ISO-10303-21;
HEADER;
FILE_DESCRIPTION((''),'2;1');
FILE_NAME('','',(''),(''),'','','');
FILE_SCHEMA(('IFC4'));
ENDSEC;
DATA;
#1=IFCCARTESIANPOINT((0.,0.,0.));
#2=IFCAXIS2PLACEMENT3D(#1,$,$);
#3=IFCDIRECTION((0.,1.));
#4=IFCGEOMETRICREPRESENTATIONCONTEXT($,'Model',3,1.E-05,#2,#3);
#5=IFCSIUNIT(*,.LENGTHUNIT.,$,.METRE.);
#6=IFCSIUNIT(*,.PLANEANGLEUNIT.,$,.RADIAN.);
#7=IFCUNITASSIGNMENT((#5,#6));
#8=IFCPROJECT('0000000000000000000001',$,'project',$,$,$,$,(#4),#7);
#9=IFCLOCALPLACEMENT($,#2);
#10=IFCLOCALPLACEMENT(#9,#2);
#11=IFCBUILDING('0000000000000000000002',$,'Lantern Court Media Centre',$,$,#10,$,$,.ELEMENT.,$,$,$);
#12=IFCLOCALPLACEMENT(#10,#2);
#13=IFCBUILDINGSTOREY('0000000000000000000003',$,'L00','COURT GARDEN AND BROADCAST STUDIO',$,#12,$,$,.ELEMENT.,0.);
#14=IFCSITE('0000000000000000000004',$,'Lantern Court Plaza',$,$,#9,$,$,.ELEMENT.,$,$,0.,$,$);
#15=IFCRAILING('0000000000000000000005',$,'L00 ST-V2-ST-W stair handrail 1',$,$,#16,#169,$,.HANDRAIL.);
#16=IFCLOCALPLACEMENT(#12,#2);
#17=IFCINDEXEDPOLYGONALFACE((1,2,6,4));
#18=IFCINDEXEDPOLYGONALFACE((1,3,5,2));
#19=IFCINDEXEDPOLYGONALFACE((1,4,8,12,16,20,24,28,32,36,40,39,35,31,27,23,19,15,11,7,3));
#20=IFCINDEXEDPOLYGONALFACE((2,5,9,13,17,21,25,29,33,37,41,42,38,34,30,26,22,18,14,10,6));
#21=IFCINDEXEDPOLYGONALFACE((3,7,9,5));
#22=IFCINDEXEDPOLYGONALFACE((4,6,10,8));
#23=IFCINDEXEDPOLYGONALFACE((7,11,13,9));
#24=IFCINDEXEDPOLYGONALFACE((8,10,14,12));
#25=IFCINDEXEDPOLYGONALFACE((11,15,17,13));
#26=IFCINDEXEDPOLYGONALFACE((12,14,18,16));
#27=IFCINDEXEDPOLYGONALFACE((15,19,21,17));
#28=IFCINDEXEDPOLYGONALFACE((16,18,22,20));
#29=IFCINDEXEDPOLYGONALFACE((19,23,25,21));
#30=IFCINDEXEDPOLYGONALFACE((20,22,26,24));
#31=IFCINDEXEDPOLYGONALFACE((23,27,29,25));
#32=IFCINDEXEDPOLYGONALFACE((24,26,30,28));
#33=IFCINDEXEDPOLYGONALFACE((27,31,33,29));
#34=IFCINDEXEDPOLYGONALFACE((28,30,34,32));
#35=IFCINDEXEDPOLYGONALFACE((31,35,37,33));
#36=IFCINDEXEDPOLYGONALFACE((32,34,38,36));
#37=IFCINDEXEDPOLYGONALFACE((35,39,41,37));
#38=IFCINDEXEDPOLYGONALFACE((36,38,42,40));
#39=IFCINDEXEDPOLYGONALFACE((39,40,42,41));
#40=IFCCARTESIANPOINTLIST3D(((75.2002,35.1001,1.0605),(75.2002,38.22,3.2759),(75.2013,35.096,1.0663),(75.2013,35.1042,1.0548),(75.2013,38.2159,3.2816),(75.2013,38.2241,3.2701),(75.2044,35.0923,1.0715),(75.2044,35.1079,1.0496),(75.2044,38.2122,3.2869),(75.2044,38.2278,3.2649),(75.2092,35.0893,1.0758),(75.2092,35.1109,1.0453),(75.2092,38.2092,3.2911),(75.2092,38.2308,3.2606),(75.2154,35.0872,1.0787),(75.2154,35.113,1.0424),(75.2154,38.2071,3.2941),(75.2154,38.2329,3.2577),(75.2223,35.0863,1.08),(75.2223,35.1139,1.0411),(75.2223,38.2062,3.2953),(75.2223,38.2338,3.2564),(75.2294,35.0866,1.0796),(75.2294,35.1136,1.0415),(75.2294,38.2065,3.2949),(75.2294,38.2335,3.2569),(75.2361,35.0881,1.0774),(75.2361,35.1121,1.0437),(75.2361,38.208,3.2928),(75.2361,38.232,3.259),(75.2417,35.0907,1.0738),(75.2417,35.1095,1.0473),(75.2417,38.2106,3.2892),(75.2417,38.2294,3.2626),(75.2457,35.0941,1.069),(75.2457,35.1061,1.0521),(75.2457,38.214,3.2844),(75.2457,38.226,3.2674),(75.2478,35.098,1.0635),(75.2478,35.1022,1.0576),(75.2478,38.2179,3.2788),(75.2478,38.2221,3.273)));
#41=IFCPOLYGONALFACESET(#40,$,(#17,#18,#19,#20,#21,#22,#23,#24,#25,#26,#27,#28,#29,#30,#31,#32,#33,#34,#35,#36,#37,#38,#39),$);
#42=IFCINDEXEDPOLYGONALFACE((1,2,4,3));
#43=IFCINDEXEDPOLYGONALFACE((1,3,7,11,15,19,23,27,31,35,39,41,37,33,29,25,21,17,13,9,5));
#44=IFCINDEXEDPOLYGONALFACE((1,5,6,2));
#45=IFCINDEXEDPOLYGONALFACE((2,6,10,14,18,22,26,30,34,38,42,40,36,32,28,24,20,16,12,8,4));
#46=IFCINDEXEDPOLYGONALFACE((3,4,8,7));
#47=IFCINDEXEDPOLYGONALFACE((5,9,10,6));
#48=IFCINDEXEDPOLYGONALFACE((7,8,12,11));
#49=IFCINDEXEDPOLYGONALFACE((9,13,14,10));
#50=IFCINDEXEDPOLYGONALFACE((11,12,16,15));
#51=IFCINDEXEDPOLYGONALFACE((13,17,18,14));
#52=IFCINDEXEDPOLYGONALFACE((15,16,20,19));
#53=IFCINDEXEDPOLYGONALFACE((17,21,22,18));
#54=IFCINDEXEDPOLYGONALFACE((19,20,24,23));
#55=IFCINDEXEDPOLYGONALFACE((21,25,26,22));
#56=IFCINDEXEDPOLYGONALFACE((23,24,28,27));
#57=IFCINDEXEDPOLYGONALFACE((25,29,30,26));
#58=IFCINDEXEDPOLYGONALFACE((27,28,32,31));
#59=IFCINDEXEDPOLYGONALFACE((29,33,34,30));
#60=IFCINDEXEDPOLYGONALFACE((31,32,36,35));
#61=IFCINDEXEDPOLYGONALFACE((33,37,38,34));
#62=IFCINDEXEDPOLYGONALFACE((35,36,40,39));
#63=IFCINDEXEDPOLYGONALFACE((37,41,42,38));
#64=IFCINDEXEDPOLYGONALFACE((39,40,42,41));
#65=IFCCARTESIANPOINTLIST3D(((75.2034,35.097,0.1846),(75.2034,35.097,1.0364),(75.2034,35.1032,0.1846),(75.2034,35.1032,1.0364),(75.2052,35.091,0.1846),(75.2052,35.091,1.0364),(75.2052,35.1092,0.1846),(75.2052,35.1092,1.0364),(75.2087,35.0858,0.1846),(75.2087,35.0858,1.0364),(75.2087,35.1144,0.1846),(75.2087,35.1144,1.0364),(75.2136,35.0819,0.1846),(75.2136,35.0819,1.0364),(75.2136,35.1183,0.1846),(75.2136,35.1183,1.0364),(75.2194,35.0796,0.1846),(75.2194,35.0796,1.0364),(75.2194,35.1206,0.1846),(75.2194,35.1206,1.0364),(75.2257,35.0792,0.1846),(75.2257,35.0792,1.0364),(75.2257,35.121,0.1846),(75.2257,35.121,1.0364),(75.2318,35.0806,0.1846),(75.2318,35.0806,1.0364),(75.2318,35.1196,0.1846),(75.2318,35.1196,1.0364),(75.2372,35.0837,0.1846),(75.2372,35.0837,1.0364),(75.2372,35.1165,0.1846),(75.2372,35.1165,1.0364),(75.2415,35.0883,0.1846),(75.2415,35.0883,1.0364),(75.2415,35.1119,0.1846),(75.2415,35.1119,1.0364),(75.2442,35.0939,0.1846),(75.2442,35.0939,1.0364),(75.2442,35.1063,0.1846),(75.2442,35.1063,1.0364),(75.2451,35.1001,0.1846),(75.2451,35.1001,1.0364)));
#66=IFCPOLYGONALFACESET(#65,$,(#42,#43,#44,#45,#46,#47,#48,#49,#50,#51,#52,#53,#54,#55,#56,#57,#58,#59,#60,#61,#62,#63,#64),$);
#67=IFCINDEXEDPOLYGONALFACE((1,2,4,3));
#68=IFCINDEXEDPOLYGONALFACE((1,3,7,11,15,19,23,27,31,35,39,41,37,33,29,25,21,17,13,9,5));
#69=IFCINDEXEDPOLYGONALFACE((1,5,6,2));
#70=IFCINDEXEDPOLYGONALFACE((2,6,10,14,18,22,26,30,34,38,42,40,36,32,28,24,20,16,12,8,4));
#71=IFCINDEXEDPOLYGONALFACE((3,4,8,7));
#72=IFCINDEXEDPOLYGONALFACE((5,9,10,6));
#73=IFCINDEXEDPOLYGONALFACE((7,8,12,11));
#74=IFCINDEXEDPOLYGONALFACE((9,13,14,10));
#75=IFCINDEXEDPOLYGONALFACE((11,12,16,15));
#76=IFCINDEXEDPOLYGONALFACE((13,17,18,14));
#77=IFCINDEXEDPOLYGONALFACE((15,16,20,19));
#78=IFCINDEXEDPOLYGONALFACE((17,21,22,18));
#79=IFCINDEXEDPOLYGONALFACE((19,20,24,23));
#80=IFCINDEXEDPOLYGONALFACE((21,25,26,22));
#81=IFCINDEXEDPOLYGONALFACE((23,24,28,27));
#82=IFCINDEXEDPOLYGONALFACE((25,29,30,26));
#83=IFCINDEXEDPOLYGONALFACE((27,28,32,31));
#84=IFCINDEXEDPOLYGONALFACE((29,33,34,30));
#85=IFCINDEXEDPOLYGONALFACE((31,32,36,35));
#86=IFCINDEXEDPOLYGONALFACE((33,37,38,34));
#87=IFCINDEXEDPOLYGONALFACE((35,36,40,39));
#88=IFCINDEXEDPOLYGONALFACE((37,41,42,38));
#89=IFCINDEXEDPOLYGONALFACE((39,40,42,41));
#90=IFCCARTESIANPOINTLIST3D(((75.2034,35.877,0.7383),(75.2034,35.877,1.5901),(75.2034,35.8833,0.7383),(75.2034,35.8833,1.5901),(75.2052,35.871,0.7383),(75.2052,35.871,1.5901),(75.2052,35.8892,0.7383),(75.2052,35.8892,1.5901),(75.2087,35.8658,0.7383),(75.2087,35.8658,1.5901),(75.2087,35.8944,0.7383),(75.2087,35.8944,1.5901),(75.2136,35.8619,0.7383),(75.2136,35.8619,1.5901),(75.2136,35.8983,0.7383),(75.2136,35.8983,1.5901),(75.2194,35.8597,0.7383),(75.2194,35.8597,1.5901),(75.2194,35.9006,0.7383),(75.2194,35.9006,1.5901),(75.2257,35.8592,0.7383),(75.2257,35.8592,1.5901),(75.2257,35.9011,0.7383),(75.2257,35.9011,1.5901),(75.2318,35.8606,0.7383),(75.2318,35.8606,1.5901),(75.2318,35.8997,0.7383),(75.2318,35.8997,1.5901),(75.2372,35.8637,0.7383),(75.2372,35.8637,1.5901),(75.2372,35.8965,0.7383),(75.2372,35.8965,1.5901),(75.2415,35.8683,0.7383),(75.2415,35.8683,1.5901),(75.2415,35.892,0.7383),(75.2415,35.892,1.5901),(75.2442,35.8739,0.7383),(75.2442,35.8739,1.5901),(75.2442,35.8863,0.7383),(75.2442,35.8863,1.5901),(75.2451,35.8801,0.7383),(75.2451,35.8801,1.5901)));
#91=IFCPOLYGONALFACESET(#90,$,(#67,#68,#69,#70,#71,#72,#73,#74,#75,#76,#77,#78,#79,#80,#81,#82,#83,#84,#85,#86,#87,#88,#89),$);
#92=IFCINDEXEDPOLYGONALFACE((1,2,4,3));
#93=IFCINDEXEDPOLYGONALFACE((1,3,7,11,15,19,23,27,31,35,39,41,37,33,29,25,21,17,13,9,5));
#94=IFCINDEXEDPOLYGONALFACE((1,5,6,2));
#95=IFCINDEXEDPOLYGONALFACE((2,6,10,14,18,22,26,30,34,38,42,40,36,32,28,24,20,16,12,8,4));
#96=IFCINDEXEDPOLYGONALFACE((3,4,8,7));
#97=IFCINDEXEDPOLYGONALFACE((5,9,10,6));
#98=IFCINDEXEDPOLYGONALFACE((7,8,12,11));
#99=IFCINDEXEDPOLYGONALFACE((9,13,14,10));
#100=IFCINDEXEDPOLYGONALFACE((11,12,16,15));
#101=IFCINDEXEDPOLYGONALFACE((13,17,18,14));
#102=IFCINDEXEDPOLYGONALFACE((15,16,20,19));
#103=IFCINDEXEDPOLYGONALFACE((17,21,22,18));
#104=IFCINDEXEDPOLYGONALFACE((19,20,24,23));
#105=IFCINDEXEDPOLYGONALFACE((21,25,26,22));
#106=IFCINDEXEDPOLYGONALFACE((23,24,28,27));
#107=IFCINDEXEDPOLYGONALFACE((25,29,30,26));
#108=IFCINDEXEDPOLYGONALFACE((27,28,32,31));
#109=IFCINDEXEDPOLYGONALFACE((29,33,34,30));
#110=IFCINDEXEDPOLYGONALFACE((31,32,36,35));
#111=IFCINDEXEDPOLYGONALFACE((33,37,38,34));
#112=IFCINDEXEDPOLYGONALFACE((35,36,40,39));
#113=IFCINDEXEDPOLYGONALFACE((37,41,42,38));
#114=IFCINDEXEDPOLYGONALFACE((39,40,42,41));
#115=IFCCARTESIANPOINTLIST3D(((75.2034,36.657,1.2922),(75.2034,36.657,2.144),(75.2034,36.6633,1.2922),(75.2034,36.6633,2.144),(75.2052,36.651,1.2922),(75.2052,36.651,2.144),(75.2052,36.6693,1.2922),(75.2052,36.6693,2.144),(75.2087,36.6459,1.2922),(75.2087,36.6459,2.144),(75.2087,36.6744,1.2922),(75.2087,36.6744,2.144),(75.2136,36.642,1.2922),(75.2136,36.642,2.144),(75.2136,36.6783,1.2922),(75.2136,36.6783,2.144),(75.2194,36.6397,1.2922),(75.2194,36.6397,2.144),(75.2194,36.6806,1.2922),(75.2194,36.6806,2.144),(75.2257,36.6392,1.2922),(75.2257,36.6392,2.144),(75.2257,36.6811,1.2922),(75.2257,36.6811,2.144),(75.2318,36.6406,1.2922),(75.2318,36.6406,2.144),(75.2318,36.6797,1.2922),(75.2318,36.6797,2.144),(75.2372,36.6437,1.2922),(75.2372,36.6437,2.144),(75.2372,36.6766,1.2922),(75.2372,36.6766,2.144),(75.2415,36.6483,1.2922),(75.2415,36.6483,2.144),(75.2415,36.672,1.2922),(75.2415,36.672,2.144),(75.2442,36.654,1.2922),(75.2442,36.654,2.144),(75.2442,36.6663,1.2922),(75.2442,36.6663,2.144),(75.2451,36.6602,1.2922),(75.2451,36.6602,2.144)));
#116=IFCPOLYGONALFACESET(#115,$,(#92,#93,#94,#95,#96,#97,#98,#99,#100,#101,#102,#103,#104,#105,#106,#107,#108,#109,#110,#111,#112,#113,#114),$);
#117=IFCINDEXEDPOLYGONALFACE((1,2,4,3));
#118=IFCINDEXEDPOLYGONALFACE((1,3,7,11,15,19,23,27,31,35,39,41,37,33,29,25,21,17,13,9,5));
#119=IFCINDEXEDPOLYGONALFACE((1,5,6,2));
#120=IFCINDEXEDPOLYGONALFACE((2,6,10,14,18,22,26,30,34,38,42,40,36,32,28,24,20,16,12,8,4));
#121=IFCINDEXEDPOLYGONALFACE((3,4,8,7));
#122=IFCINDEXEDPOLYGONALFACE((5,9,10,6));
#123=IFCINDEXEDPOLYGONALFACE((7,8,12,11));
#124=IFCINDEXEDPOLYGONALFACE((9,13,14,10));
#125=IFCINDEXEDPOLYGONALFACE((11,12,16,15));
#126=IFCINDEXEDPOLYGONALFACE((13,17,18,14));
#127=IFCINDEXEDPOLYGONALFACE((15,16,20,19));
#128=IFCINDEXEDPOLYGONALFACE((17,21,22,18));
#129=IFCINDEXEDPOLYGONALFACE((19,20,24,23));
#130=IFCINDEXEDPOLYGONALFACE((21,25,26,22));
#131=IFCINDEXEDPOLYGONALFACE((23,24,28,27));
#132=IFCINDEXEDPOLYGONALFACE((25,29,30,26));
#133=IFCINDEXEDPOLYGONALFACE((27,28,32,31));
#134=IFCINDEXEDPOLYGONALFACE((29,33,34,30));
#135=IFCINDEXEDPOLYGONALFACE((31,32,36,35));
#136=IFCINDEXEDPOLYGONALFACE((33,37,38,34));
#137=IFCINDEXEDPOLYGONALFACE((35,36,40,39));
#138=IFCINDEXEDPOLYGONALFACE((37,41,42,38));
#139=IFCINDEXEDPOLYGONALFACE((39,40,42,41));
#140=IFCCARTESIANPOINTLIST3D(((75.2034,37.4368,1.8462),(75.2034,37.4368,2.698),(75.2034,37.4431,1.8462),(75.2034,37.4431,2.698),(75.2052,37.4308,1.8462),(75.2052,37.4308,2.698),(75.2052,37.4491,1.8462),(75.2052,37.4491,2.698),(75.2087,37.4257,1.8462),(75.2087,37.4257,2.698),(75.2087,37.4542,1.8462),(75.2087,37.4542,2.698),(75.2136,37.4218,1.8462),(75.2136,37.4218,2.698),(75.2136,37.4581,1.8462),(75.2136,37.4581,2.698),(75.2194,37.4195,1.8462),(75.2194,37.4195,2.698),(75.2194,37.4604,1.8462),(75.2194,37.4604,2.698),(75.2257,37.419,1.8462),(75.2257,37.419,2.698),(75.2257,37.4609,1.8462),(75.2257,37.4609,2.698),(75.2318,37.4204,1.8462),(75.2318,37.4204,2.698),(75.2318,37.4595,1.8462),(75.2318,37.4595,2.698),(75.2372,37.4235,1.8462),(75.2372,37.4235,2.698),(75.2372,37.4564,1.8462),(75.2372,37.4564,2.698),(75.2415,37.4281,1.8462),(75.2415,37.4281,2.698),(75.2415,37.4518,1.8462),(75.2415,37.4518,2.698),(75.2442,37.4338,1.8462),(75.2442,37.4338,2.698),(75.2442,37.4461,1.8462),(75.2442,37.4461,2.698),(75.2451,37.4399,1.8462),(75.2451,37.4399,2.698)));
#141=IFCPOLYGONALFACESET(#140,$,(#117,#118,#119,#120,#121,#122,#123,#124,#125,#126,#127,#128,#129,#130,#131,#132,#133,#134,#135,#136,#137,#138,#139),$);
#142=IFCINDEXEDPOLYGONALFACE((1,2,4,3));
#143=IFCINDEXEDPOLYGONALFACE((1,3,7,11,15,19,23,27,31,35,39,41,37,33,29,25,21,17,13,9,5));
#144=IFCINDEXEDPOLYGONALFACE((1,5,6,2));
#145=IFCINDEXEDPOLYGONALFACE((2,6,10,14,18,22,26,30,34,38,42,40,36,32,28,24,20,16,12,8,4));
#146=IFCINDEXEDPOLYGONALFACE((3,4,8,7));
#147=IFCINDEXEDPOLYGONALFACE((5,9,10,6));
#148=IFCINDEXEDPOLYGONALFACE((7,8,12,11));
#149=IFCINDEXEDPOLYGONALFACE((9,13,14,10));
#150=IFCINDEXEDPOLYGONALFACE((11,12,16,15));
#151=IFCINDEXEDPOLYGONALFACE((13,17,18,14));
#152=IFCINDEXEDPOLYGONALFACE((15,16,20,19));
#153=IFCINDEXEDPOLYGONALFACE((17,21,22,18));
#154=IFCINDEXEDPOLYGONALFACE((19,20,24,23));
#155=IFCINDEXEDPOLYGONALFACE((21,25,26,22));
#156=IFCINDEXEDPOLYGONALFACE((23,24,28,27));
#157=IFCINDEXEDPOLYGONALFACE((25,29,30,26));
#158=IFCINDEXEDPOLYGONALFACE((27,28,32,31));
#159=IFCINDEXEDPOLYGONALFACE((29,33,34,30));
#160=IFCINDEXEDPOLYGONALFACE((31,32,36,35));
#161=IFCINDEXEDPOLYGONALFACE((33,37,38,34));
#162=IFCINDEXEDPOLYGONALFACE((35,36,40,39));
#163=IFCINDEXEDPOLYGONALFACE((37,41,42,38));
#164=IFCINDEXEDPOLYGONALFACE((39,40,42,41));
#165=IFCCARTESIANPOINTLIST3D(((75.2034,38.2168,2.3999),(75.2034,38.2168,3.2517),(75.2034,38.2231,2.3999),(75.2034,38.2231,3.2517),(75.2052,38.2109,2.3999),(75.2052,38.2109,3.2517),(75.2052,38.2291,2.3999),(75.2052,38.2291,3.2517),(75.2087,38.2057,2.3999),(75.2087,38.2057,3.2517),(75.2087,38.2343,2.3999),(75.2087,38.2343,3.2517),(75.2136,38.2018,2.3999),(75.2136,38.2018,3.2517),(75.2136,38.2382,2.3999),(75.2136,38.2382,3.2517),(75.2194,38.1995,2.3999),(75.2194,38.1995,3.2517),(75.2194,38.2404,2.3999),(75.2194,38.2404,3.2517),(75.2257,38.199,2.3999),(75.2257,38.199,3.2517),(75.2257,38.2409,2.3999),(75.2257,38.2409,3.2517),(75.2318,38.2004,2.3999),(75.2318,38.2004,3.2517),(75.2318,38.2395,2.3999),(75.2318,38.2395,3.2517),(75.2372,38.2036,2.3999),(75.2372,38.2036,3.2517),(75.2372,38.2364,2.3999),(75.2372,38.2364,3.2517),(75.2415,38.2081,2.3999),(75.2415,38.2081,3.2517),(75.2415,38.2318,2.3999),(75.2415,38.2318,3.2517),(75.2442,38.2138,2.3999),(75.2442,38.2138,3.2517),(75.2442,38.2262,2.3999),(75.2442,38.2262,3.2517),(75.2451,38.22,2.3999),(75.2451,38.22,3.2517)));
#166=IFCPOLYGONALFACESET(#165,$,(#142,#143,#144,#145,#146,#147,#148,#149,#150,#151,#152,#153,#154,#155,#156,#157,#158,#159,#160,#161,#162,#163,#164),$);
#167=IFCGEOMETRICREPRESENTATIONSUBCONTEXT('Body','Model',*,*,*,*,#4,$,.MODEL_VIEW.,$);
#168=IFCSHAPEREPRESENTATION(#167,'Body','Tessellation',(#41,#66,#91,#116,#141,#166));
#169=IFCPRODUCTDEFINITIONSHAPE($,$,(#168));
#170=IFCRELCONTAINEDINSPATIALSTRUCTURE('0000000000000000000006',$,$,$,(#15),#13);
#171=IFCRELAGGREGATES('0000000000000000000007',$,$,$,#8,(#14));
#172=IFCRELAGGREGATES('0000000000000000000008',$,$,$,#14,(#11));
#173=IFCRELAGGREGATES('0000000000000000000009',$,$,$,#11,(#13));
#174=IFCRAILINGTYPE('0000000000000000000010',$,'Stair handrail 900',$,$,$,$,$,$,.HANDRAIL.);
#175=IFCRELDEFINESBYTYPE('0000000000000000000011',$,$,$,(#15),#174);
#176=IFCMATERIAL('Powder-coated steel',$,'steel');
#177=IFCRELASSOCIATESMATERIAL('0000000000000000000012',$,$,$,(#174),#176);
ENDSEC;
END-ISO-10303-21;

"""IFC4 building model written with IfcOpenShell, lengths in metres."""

from ifc_helpers import new_model, si_unit, direction, frame, origin, origin_2d, place, context, subcontext, project, spatial, circle, extrude, material, type_object, element, save


model = new_model("IFC4")

# Units and contexts
model_context = context("Model", 3, precision=1e-05, world=origin(), true_north=direction((0.0, 1.0)))
body_context = subcontext(model_context, "Body", "Model", "MODEL_VIEW")
ifc_project = project(units=[si_unit("LENGTHUNIT", "METRE"), si_unit("PLANEANGLEUNIT", "RADIAN")], contexts=[model_context])

# Site, building, storey
site_placement = place(None, origin())
site = spatial("IfcSite", under=ifc_project, at=site_placement, Name="Lantern Court Plaza", CompositionType="ELEMENT", RefElevation=0.0)
building_placement = place(site_placement, origin())
building = spatial("IfcBuilding", under=site, at=building_placement, Name="Lantern Court Media Centre", CompositionType="ELEMENT")
storey_placement = place(building_placement, origin())
storey = spatial("IfcBuildingStorey", under=building, at=storey_placement, Name="L00", Description="COURT GARDEN AND BROADCAST STUDIO", CompositionType="ELEMENT", Elevation=0.0)

# Railing
ifc_material_1 = material(Name="Powder-coated steel", Category="steel")
railing_type_1 = type_object("IfcRailingType", Name="Stair handrail 900", PredefinedType="HANDRAIL", material=ifc_material_1)
railing_1_placement = place(storey_placement, frame((75.2241, 35.1001, 0.1846)))
element("IfcRailing", 1, at=railing_1_placement, inside=storey, type_object=railing_type_1, Name="L00 ST-V2-ST-W stair handrail 1", PredefinedType="HANDRAIL", context=body_context, shape_type="SweptSolid", body=[
    extrude(circle(Radius=0.0239, at=origin_2d()), frame((0.0, 0.0, 0.876), z_axis=(0.0, 0.815356, 0.578961), x_axis=(-1.0, 0.0, 0.0)), (0.0, 0.0, 1.0), 3.8264),
    extrude(circle(Radius=0.021, at=origin_2d()), origin(), (0.0, 0.0, 1.0), 0.8518),
    extrude(circle(Radius=0.021, at=origin_2d()), frame((0.0, 0.78, 0.5537)), (0.0, 0.0, 1.0), 0.8518),
    extrude(circle(Radius=0.021, at=origin_2d()), frame((0.0, 1.5601, 1.1077)), (0.0, 0.0, 1.0), 0.8518),
    extrude(circle(Radius=0.021, at=origin_2d()), frame((0.0, 2.3398, 1.6616)), (0.0, 0.0, 1.0), 0.8518),
    extrude(circle(Radius=0.021, at=origin_2d()), frame((0.0, 3.1199, 2.2153)), (0.0, 0.0, 1.0), 0.8518),
])

save(model, "model.ifc")
